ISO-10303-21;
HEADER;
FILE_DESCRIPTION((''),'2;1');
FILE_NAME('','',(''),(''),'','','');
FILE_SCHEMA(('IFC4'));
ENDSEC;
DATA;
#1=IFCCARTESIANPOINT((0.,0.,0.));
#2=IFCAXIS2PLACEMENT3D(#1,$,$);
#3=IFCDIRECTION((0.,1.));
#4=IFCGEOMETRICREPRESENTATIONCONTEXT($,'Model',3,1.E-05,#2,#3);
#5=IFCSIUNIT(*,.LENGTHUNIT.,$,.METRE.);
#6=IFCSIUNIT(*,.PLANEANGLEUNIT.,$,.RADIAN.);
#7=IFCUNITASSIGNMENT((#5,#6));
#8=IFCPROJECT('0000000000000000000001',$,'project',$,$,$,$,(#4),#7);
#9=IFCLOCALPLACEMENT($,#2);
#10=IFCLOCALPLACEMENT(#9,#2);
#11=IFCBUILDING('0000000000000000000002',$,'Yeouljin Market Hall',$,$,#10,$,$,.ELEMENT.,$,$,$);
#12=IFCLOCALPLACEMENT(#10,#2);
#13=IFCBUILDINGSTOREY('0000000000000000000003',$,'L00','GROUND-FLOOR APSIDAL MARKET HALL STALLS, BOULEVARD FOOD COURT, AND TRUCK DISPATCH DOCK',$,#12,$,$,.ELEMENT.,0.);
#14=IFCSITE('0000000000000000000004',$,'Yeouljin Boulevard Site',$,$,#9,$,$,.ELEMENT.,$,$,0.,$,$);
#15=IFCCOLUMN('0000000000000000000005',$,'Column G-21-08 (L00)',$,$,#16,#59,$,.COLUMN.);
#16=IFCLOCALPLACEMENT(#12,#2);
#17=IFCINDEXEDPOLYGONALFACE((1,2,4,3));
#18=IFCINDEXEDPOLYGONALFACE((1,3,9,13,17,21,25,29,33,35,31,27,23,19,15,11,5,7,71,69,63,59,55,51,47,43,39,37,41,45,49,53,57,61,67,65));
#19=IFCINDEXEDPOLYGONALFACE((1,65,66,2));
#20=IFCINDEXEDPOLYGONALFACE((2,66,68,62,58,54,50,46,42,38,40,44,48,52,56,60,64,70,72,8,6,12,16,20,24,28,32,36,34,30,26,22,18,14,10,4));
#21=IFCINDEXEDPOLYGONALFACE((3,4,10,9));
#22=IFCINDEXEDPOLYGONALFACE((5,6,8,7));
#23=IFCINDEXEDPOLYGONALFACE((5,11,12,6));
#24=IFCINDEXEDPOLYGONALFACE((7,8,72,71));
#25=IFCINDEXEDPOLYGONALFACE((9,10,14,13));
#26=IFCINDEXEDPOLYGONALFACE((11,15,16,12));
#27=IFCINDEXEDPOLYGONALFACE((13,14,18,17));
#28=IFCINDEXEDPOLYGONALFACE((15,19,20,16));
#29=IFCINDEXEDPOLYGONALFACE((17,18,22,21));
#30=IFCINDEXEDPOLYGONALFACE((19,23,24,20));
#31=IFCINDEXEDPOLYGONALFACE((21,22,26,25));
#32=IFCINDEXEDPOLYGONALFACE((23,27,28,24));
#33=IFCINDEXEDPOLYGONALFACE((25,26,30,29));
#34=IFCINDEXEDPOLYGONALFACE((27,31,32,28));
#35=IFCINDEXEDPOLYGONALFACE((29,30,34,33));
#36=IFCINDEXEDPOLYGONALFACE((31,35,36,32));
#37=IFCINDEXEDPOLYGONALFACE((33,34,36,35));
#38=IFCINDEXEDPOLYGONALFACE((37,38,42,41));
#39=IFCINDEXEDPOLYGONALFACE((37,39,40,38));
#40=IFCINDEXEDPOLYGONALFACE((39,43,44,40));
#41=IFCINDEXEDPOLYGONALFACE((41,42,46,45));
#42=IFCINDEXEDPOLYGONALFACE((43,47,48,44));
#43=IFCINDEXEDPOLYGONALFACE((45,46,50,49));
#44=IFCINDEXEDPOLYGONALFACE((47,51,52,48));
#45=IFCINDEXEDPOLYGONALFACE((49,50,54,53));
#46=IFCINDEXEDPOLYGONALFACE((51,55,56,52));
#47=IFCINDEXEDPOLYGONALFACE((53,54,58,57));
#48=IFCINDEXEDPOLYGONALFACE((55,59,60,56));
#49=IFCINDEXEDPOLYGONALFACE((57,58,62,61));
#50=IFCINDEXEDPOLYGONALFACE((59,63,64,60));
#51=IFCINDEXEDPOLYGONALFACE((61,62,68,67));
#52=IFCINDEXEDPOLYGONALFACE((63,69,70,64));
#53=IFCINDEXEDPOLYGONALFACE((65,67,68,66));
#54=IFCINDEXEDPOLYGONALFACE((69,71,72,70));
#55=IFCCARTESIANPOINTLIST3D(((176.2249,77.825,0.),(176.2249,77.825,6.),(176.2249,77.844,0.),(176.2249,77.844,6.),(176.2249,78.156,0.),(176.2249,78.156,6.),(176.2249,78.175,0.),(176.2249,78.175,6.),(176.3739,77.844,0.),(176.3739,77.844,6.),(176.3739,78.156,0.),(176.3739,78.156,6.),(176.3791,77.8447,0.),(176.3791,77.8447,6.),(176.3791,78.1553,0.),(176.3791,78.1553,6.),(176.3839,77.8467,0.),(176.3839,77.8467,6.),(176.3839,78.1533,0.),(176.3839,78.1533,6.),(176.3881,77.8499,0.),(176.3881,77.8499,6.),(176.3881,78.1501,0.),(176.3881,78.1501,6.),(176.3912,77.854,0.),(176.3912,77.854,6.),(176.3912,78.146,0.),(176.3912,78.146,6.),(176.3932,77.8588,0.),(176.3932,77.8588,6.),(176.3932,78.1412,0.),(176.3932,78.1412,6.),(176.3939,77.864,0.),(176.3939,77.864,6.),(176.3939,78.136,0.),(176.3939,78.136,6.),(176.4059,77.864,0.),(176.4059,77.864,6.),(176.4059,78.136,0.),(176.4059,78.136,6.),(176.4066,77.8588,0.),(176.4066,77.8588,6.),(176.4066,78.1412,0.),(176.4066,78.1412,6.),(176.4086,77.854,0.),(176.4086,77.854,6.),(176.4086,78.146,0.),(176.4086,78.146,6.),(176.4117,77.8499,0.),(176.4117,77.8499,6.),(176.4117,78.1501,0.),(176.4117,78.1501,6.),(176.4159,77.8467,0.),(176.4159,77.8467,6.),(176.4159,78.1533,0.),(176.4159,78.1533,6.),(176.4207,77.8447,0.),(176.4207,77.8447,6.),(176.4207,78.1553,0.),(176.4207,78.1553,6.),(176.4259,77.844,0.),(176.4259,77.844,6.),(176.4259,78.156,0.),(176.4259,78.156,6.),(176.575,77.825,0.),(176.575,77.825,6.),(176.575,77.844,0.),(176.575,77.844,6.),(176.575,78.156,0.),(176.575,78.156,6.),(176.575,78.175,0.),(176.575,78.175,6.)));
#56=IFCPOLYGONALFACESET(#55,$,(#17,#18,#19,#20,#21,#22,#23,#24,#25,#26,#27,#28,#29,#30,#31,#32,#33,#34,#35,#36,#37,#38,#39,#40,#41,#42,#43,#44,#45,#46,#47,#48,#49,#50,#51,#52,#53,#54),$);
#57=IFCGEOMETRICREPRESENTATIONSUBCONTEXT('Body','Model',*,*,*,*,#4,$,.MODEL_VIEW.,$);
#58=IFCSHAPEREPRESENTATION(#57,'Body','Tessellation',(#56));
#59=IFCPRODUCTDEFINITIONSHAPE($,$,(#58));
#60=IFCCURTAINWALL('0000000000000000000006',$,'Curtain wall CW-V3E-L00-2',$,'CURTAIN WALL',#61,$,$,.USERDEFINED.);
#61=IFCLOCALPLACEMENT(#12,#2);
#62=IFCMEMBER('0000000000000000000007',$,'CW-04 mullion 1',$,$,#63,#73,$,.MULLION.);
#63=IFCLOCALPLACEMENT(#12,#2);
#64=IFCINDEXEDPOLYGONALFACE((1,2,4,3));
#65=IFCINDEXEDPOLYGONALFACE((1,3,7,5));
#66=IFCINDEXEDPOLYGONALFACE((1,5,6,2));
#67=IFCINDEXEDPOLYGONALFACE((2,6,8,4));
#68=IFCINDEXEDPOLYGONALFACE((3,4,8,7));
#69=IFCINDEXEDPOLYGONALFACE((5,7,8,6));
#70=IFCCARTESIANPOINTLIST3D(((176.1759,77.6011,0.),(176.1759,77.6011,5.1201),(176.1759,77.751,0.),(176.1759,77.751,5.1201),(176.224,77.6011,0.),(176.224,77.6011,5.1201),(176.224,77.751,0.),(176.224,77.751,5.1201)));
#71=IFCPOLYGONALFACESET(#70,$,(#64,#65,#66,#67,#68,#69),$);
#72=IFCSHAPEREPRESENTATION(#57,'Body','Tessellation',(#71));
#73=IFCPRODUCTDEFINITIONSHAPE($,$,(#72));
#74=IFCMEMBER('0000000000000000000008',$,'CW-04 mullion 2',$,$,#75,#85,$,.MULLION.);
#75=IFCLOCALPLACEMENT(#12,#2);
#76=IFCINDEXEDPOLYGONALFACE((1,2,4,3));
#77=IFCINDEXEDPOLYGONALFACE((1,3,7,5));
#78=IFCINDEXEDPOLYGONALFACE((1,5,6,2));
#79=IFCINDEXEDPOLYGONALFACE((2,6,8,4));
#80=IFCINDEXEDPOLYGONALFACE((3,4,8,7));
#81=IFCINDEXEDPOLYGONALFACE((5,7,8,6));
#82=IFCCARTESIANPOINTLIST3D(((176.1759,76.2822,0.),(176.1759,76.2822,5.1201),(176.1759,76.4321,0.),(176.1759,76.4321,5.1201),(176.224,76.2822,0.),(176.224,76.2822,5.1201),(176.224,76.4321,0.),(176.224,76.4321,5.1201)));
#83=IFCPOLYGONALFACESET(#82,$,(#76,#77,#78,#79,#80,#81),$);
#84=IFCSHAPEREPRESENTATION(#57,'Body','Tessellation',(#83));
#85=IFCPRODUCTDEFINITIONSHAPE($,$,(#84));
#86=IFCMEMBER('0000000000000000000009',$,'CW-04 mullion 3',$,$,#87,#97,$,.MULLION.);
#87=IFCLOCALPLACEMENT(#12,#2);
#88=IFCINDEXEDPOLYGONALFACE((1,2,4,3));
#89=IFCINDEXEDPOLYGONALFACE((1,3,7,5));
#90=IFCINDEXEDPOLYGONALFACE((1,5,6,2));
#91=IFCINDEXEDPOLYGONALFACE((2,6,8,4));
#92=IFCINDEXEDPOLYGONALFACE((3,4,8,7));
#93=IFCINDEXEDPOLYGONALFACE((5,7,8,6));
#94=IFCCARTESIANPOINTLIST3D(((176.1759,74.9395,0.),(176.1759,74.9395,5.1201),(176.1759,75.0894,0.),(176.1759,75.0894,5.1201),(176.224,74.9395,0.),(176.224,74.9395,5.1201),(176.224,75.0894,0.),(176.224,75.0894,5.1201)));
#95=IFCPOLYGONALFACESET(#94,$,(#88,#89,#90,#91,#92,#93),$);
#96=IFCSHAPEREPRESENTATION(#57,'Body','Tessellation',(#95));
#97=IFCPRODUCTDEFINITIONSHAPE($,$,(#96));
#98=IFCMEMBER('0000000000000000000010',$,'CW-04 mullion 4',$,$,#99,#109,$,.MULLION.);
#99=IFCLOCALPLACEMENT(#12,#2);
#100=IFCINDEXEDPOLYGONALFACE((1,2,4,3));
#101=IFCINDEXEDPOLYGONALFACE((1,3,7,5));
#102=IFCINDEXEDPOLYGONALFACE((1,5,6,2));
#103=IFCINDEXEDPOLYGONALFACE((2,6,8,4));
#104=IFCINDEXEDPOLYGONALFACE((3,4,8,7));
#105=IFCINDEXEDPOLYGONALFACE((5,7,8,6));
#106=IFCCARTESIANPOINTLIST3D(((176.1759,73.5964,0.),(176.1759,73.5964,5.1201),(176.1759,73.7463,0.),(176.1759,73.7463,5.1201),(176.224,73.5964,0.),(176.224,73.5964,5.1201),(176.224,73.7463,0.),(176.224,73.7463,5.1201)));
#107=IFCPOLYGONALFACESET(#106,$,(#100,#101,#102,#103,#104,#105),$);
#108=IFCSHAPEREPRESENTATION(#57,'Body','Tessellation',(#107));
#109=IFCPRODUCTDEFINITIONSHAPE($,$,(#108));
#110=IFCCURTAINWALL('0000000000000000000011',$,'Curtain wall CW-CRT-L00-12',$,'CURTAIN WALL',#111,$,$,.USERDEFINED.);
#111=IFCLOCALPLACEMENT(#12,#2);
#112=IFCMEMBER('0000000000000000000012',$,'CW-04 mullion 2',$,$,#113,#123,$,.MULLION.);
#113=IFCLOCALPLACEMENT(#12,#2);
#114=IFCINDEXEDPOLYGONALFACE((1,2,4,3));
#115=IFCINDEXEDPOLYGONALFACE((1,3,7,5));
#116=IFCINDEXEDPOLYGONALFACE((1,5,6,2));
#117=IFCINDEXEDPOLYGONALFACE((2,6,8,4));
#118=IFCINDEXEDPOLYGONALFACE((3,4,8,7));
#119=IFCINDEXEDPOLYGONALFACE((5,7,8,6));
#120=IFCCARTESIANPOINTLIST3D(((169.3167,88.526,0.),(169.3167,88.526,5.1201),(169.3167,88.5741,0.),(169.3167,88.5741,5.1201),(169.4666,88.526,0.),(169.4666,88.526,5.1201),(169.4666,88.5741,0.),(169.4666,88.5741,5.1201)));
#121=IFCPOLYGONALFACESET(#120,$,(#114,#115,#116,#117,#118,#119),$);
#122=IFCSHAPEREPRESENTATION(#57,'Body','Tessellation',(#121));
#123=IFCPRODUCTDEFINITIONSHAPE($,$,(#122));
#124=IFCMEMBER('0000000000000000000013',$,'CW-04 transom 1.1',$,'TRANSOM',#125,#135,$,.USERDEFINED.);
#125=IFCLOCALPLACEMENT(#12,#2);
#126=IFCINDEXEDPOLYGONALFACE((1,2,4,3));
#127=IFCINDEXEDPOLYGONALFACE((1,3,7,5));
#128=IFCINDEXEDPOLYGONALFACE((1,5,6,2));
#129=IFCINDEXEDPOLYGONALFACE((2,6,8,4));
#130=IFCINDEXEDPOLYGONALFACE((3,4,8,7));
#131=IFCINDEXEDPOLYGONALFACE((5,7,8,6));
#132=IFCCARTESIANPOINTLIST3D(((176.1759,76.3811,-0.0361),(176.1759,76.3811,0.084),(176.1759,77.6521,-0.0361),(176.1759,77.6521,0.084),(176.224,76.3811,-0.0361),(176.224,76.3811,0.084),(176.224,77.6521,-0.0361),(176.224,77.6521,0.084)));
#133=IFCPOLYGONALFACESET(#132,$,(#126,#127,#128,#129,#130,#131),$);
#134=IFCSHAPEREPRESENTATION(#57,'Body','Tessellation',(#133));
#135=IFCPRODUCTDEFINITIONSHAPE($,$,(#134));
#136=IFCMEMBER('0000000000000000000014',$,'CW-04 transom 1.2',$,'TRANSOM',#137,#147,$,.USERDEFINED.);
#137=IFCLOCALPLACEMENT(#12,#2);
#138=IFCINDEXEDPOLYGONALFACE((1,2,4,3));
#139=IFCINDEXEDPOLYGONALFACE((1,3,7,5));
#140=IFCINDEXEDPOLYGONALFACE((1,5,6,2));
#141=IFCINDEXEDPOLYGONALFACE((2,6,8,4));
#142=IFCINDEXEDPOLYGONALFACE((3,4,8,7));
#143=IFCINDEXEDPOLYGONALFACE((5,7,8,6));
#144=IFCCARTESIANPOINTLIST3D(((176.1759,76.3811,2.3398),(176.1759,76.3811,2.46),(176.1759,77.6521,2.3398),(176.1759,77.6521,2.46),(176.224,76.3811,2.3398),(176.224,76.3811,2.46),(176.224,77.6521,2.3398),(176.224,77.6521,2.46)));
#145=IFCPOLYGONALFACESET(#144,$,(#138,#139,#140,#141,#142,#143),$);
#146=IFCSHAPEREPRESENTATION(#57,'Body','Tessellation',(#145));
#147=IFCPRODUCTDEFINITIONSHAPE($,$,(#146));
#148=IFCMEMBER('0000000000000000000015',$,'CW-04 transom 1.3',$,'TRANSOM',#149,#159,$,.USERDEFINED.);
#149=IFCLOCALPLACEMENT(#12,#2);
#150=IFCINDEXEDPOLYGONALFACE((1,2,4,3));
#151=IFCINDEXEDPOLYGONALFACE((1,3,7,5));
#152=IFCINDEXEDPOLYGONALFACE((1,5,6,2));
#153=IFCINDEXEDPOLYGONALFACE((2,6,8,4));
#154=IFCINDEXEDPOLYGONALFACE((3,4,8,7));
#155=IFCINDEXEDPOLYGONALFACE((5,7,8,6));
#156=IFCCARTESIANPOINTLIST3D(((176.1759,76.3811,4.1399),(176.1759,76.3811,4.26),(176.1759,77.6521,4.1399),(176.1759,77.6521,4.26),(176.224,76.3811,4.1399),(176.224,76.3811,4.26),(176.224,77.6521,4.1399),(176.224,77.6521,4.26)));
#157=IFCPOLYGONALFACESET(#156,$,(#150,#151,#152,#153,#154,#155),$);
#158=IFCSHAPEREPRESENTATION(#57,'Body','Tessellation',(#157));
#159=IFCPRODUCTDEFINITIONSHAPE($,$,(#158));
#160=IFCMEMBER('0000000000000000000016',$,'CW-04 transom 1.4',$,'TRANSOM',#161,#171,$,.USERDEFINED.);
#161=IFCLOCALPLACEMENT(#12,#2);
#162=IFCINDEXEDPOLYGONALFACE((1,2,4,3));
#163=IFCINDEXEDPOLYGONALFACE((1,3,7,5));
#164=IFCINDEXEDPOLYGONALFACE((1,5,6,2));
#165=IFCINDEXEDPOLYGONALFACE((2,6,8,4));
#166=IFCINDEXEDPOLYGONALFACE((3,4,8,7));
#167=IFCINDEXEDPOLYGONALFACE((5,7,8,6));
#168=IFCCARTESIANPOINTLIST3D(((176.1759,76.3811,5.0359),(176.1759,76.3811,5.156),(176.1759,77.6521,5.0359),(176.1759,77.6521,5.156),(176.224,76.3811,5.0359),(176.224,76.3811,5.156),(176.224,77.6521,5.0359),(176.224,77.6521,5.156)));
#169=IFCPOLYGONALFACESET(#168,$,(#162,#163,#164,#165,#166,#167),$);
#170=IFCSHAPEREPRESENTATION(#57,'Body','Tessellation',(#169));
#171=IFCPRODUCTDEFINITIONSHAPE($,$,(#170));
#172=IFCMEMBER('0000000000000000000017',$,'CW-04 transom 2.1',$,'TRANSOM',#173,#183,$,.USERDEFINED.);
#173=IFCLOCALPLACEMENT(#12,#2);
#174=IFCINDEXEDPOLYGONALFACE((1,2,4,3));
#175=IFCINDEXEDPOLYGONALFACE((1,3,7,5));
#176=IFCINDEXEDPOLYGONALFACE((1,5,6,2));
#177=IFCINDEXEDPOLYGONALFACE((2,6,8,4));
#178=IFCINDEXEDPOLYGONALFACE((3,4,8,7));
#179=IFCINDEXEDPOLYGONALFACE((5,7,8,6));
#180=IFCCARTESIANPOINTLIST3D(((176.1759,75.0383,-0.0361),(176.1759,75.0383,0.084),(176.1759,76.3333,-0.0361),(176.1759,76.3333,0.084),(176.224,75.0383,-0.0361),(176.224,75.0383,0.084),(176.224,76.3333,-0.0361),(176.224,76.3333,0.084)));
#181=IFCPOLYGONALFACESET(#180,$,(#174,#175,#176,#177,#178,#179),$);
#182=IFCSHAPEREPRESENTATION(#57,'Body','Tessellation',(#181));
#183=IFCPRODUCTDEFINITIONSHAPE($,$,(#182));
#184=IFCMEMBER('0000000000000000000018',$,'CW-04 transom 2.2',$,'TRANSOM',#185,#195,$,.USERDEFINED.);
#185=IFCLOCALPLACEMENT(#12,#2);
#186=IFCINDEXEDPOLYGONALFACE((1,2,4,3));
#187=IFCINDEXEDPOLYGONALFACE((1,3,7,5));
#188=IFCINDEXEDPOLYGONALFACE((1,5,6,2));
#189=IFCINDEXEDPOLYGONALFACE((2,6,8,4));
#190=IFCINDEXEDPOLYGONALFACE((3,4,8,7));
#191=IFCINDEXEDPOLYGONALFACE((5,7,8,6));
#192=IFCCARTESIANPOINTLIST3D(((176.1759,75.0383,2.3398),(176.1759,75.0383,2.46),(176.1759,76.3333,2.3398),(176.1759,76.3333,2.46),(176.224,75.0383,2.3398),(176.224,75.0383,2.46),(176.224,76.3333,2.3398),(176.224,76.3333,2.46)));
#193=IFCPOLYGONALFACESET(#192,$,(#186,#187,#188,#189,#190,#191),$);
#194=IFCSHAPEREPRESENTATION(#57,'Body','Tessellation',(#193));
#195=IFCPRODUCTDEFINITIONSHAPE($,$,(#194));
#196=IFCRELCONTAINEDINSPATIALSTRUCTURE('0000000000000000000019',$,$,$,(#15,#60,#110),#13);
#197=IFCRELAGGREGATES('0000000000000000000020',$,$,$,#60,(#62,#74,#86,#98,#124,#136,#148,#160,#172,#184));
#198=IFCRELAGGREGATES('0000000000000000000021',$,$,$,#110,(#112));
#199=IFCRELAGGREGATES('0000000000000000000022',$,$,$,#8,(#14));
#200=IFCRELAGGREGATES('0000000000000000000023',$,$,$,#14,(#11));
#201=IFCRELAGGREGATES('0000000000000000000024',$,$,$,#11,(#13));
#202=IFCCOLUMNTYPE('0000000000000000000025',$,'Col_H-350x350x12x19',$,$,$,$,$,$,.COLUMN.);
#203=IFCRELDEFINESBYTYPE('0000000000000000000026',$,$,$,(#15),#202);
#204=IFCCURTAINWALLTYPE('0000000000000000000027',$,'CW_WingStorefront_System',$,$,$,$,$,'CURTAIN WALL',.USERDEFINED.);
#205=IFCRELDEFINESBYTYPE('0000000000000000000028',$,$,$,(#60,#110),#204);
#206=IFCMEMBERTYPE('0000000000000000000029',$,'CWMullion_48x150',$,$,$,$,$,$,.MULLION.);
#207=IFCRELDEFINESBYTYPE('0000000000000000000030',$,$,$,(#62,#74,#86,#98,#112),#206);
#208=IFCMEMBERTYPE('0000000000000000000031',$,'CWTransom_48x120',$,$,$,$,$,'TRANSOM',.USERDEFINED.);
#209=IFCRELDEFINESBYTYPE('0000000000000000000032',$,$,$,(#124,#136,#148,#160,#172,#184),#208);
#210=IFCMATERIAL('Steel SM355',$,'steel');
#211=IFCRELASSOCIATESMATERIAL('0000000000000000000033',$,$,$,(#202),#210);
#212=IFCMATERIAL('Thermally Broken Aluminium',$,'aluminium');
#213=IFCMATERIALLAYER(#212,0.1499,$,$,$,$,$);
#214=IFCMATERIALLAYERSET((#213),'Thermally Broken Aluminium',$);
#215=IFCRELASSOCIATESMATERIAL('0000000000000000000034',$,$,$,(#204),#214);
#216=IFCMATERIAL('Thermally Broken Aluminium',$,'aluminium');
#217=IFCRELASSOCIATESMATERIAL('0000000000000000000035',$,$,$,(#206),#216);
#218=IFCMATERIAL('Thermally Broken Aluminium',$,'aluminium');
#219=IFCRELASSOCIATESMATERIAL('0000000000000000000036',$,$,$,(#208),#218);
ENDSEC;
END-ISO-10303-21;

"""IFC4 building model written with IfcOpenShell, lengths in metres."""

from ifc_helpers import new_model, si_unit, direction, frame, origin, origin_2d, place, context, subcontext, project, spatial, rectangle, i_section, extrude, material, layer, layer_set, material_profile, profile_set, type_object, element, aggregate, save


model = new_model("IFC4")

# Units and contexts
model_context = context("Model", 3, precision=1e-05, world=origin(), true_north=direction((0.0, 1.0)))
body_context = subcontext(model_context, "Body", "Model", "MODEL_VIEW")
ifc_project = project(units=[si_unit("LENGTHUNIT", "METRE"), si_unit("PLANEANGLEUNIT", "RADIAN")], contexts=[model_context])

# Site, building, storey
site_placement = place(None, origin())
site = spatial("IfcSite", under=ifc_project, at=site_placement, Name="Yeouljin Boulevard Site", CompositionType="ELEMENT", RefElevation=0.0)
building_placement = place(site_placement, origin())
building = spatial("IfcBuilding", under=site, at=building_placement, Name="Yeouljin Market Hall", CompositionType="ELEMENT")
storey_placement = place(building_placement, origin())
storey = spatial("IfcBuildingStorey", under=building, at=storey_placement, Name="L00", Description="GROUND-FLOOR APSIDAL MARKET HALL STALLS, BOULEVARD FOOD COURT, AND TRUCK DISPATCH DOCK", CompositionType="ELEMENT", Elevation=0.0)

# Column
ifc_material_1 = material(Name="Steel SM355", Category="steel")
ifc_material_profile_1 = material_profile(ifc_material_1, i_section(OverallWidth=0.3501, OverallDepth=0.3501, WebThickness=0.012, FlangeThickness=0.019, FilletRadius=0.02, at=origin_2d()), Name="H-350x350x12x19")
ifc_profile_set_1 = profile_set([ifc_material_profile_1], Name="Steel SM355")
column_type = type_object("IfcColumnType", Name="Col_H-350x350x12x19", PredefinedType="COLUMN", material=ifc_profile_set_1)
column_placement = place(storey_placement, frame((176.3999, 78.0, 0.0), z_axis=(0.0, 0.0, 1.0), x_axis=(1.0, 0.0, 0.0)))
element("IfcColumn", 1, at=column_placement, inside=storey, type_object=column_type, Name="Column G-21-08 (L00)", PredefinedType="COLUMN", context=body_context, shape_type="SweptSolid", body=[
    extrude(i_section(OverallWidth=0.3501, OverallDepth=0.3501, WebThickness=0.012, FlangeThickness=0.019, FilletRadius=0.02, at=origin_2d()), origin(), (0.0, 0.0, 1.0), 6.0),
])

# Curtain wall, members
ifc_material_2 = material(Name="Thermally Broken Aluminium", Category="aluminium")
ifc_layer_1 = layer(ifc_material_2, 0.1499)
ifc_layer_set_1 = layer_set([ifc_layer_1], Name="Thermally Broken Aluminium")
curtain_wall_type = type_object("IfcCurtainWallType", Name="CW_WingStorefront_System", ElementType="CURTAIN WALL", PredefinedType="USERDEFINED", material=ifc_layer_set_1)
curtain_wall_1_placement = place(storey_placement, origin())
curtain_wall_1 = element("IfcCurtainWall", 2, at=curtain_wall_1_placement, inside=storey, type_object=curtain_wall_type, Name="Curtain wall CW-V3E-L00-2", ObjectType="CURTAIN WALL", PredefinedType="USERDEFINED")
ifc_material_3 = material(Name="Thermally Broken Aluminium", Category="aluminium")
ifc_material_profile_2 = material_profile(ifc_material_3, rectangle(XDim=0.0481, YDim=0.1499, at=origin_2d()), Name="CW-MULL-48x150")
ifc_profile_set_2 = profile_set([ifc_material_profile_2], Name="Thermally Broken Aluminium")
member_type_1 = type_object("IfcMemberType", Name="CWMullion_48x150", PredefinedType="MULLION", material=ifc_profile_set_2)
member_1_placement = place(storey_placement, frame((176.2, 77.676, 0.0), z_axis=(0.0, 0.0, 1.0), x_axis=(1.0, 0.0, 0.0)))
member_1 = element("IfcMember", 3, at=member_1_placement, type_object=member_type_1, Name="CW-04 mullion 1", PredefinedType="MULLION", context=body_context, shape_type="SweptSolid", body=[
    extrude(rectangle(XDim=0.0481, YDim=0.1499, at=origin_2d()), origin(), (0.0, 0.0, 1.0), 5.1201),
])
member_2_placement = place(storey_placement, frame((176.2, 76.3572, 0.0), z_axis=(0.0, 0.0, 1.0), x_axis=(1.0, 0.0, 0.0)))
member_2 = element("IfcMember", 4, at=member_2_placement, type_object=member_type_1, Name="CW-04 mullion 2", PredefinedType="MULLION", context=body_context, shape_type="SweptSolid", body=[
    extrude(rectangle(XDim=0.0481, YDim=0.1499, at=origin_2d()), origin(), (0.0, 0.0, 1.0), 5.1201),
])
member_3_placement = place(storey_placement, frame((176.2, 75.0144, 0.0), z_axis=(0.0, 0.0, 1.0), x_axis=(1.0, 0.0, 0.0)))
member_3 = element("IfcMember", 5, at=member_3_placement, type_object=member_type_1, Name="CW-04 mullion 3", PredefinedType="MULLION", context=body_context, shape_type="SweptSolid", body=[
    extrude(rectangle(XDim=0.0481, YDim=0.1499, at=origin_2d()), origin(), (0.0, 0.0, 1.0), 5.1201),
])
member_4_placement = place(storey_placement, frame((176.2, 73.6714, 0.0), z_axis=(0.0, 0.0, 1.0), x_axis=(1.0, 0.0, 0.0)))
member_4 = element("IfcMember", 6, at=member_4_placement, type_object=member_type_1, Name="CW-04 mullion 4", PredefinedType="MULLION", context=body_context, shape_type="SweptSolid", body=[
    extrude(rectangle(XDim=0.0481, YDim=0.1499, at=origin_2d()), origin(), (0.0, 0.0, 1.0), 5.1201),
])

# Curtain wall, member
curtain_wall_2_placement = place(storey_placement, origin())
curtain_wall_2 = element("IfcCurtainWall", 7, at=curtain_wall_2_placement, inside=storey, type_object=curtain_wall_type, Name="Curtain wall CW-CRT-L00-12", ObjectType="CURTAIN WALL", PredefinedType="USERDEFINED")
member_5_placement = place(storey_placement, frame((169.3916, 88.55, 0.0), z_axis=(0.0, 0.0, 1.0), x_axis=(0.0, 1.0, 0.0)))
member_5 = element("IfcMember", 8, at=member_5_placement, type_object=member_type_1, Name="CW-04 mullion 2", PredefinedType="MULLION", context=body_context, shape_type="SweptSolid", body=[
    extrude(rectangle(XDim=0.0481, YDim=0.1499, at=origin_2d()), origin(), (0.0, 0.0, 1.0), 5.1201),
])

# Members
ifc_material_4 = material(Name="Thermally Broken Aluminium", Category="aluminium")
ifc_material_profile_3 = material_profile(ifc_material_4, rectangle(XDim=0.0481, YDim=0.1201, at=origin_2d()), Name="CW-TRAN-48x120")
ifc_profile_set_3 = profile_set([ifc_material_profile_3], Name="Thermally Broken Aluminium")
member_type_2 = type_object("IfcMemberType", Name="CWTransom_48x120", ElementType="TRANSOM", PredefinedType="USERDEFINED", material=ifc_profile_set_3)
member_6_placement = place(storey_placement, frame((176.2, 77.6521, 0.0239), z_axis=(0.0, -1.0, 0.0), x_axis=(1.0, 0.0, 0.0)))
member_6 = element("IfcMember", 9, at=member_6_placement, type_object=member_type_2, Name="CW-04 transom 1.1", ObjectType="TRANSOM", PredefinedType="USERDEFINED", context=body_context, shape_type="SweptSolid", body=[
    extrude(rectangle(XDim=0.0481, YDim=0.1201, at=origin_2d()), origin(), (0.0, 0.0, 1.0), 1.271),
])
member_7_placement = place(storey_placement, frame((176.2, 77.6521, 2.3999), z_axis=(0.0, -1.0, 0.0), x_axis=(1.0, 0.0, 0.0)))
member_7 = element("IfcMember", 10, at=member_7_placement, type_object=member_type_2, Name="CW-04 transom 1.2", ObjectType="TRANSOM", PredefinedType="USERDEFINED", context=body_context, shape_type="SweptSolid", body=[
    extrude(rectangle(XDim=0.0481, YDim=0.1201, at=origin_2d()), origin(), (0.0, 0.0, 1.0), 1.271),
])
member_8_placement = place(storey_placement, frame((176.2, 77.6521, 4.2), z_axis=(0.0, -1.0, 0.0), x_axis=(1.0, 0.0, 0.0)))
member_8 = element("IfcMember", 11, at=member_8_placement, type_object=member_type_2, Name="CW-04 transom 1.3", ObjectType="TRANSOM", PredefinedType="USERDEFINED", context=body_context, shape_type="SweptSolid", body=[
    extrude(rectangle(XDim=0.0481, YDim=0.1201, at=origin_2d()), origin(), (0.0, 0.0, 1.0), 1.271),
])
member_9_placement = place(storey_placement, frame((176.2, 77.6521, 5.0959), z_axis=(0.0, -1.0, 0.0), x_axis=(1.0, 0.0, 0.0)))
member_9 = element("IfcMember", 12, at=member_9_placement, type_object=member_type_2, Name="CW-04 transom 1.4", ObjectType="TRANSOM", PredefinedType="USERDEFINED", context=body_context, shape_type="SweptSolid", body=[
    extrude(rectangle(XDim=0.0481, YDim=0.1201, at=origin_2d()), origin(), (0.0, 0.0, 1.0), 1.271),
])
member_10_placement = place(storey_placement, frame((176.2, 76.3333, 0.0239), z_axis=(0.0, -1.0, 0.0), x_axis=(1.0, 0.0, 0.0)))
member_10 = element("IfcMember", 13, at=member_10_placement, type_object=member_type_2, Name="CW-04 transom 2.1", ObjectType="TRANSOM", PredefinedType="USERDEFINED", context=body_context, shape_type="SweptSolid", body=[
    extrude(rectangle(XDim=0.0481, YDim=0.1201, at=origin_2d()), origin(), (0.0, 0.0, 1.0), 1.2949),
])
member_11_placement = place(storey_placement, frame((176.2, 76.3333, 2.3999), z_axis=(0.0, -1.0, 0.0), x_axis=(1.0, 0.0, 0.0)))
member_11 = element("IfcMember", 14, at=member_11_placement, type_object=member_type_2, Name="CW-04 transom 2.2", ObjectType="TRANSOM", PredefinedType="USERDEFINED", context=body_context, shape_type="SweptSolid", body=[
    extrude(rectangle(XDim=0.0481, YDim=0.1201, at=origin_2d()), origin(), (0.0, 0.0, 1.0), 1.2949),
])

aggregate(curtain_wall_1, [member_1, member_2, member_3, member_4, member_6, member_7, member_8, member_9, member_10, member_11])
aggregate(curtain_wall_2, [member_5])

save(model, "model.ifc")
